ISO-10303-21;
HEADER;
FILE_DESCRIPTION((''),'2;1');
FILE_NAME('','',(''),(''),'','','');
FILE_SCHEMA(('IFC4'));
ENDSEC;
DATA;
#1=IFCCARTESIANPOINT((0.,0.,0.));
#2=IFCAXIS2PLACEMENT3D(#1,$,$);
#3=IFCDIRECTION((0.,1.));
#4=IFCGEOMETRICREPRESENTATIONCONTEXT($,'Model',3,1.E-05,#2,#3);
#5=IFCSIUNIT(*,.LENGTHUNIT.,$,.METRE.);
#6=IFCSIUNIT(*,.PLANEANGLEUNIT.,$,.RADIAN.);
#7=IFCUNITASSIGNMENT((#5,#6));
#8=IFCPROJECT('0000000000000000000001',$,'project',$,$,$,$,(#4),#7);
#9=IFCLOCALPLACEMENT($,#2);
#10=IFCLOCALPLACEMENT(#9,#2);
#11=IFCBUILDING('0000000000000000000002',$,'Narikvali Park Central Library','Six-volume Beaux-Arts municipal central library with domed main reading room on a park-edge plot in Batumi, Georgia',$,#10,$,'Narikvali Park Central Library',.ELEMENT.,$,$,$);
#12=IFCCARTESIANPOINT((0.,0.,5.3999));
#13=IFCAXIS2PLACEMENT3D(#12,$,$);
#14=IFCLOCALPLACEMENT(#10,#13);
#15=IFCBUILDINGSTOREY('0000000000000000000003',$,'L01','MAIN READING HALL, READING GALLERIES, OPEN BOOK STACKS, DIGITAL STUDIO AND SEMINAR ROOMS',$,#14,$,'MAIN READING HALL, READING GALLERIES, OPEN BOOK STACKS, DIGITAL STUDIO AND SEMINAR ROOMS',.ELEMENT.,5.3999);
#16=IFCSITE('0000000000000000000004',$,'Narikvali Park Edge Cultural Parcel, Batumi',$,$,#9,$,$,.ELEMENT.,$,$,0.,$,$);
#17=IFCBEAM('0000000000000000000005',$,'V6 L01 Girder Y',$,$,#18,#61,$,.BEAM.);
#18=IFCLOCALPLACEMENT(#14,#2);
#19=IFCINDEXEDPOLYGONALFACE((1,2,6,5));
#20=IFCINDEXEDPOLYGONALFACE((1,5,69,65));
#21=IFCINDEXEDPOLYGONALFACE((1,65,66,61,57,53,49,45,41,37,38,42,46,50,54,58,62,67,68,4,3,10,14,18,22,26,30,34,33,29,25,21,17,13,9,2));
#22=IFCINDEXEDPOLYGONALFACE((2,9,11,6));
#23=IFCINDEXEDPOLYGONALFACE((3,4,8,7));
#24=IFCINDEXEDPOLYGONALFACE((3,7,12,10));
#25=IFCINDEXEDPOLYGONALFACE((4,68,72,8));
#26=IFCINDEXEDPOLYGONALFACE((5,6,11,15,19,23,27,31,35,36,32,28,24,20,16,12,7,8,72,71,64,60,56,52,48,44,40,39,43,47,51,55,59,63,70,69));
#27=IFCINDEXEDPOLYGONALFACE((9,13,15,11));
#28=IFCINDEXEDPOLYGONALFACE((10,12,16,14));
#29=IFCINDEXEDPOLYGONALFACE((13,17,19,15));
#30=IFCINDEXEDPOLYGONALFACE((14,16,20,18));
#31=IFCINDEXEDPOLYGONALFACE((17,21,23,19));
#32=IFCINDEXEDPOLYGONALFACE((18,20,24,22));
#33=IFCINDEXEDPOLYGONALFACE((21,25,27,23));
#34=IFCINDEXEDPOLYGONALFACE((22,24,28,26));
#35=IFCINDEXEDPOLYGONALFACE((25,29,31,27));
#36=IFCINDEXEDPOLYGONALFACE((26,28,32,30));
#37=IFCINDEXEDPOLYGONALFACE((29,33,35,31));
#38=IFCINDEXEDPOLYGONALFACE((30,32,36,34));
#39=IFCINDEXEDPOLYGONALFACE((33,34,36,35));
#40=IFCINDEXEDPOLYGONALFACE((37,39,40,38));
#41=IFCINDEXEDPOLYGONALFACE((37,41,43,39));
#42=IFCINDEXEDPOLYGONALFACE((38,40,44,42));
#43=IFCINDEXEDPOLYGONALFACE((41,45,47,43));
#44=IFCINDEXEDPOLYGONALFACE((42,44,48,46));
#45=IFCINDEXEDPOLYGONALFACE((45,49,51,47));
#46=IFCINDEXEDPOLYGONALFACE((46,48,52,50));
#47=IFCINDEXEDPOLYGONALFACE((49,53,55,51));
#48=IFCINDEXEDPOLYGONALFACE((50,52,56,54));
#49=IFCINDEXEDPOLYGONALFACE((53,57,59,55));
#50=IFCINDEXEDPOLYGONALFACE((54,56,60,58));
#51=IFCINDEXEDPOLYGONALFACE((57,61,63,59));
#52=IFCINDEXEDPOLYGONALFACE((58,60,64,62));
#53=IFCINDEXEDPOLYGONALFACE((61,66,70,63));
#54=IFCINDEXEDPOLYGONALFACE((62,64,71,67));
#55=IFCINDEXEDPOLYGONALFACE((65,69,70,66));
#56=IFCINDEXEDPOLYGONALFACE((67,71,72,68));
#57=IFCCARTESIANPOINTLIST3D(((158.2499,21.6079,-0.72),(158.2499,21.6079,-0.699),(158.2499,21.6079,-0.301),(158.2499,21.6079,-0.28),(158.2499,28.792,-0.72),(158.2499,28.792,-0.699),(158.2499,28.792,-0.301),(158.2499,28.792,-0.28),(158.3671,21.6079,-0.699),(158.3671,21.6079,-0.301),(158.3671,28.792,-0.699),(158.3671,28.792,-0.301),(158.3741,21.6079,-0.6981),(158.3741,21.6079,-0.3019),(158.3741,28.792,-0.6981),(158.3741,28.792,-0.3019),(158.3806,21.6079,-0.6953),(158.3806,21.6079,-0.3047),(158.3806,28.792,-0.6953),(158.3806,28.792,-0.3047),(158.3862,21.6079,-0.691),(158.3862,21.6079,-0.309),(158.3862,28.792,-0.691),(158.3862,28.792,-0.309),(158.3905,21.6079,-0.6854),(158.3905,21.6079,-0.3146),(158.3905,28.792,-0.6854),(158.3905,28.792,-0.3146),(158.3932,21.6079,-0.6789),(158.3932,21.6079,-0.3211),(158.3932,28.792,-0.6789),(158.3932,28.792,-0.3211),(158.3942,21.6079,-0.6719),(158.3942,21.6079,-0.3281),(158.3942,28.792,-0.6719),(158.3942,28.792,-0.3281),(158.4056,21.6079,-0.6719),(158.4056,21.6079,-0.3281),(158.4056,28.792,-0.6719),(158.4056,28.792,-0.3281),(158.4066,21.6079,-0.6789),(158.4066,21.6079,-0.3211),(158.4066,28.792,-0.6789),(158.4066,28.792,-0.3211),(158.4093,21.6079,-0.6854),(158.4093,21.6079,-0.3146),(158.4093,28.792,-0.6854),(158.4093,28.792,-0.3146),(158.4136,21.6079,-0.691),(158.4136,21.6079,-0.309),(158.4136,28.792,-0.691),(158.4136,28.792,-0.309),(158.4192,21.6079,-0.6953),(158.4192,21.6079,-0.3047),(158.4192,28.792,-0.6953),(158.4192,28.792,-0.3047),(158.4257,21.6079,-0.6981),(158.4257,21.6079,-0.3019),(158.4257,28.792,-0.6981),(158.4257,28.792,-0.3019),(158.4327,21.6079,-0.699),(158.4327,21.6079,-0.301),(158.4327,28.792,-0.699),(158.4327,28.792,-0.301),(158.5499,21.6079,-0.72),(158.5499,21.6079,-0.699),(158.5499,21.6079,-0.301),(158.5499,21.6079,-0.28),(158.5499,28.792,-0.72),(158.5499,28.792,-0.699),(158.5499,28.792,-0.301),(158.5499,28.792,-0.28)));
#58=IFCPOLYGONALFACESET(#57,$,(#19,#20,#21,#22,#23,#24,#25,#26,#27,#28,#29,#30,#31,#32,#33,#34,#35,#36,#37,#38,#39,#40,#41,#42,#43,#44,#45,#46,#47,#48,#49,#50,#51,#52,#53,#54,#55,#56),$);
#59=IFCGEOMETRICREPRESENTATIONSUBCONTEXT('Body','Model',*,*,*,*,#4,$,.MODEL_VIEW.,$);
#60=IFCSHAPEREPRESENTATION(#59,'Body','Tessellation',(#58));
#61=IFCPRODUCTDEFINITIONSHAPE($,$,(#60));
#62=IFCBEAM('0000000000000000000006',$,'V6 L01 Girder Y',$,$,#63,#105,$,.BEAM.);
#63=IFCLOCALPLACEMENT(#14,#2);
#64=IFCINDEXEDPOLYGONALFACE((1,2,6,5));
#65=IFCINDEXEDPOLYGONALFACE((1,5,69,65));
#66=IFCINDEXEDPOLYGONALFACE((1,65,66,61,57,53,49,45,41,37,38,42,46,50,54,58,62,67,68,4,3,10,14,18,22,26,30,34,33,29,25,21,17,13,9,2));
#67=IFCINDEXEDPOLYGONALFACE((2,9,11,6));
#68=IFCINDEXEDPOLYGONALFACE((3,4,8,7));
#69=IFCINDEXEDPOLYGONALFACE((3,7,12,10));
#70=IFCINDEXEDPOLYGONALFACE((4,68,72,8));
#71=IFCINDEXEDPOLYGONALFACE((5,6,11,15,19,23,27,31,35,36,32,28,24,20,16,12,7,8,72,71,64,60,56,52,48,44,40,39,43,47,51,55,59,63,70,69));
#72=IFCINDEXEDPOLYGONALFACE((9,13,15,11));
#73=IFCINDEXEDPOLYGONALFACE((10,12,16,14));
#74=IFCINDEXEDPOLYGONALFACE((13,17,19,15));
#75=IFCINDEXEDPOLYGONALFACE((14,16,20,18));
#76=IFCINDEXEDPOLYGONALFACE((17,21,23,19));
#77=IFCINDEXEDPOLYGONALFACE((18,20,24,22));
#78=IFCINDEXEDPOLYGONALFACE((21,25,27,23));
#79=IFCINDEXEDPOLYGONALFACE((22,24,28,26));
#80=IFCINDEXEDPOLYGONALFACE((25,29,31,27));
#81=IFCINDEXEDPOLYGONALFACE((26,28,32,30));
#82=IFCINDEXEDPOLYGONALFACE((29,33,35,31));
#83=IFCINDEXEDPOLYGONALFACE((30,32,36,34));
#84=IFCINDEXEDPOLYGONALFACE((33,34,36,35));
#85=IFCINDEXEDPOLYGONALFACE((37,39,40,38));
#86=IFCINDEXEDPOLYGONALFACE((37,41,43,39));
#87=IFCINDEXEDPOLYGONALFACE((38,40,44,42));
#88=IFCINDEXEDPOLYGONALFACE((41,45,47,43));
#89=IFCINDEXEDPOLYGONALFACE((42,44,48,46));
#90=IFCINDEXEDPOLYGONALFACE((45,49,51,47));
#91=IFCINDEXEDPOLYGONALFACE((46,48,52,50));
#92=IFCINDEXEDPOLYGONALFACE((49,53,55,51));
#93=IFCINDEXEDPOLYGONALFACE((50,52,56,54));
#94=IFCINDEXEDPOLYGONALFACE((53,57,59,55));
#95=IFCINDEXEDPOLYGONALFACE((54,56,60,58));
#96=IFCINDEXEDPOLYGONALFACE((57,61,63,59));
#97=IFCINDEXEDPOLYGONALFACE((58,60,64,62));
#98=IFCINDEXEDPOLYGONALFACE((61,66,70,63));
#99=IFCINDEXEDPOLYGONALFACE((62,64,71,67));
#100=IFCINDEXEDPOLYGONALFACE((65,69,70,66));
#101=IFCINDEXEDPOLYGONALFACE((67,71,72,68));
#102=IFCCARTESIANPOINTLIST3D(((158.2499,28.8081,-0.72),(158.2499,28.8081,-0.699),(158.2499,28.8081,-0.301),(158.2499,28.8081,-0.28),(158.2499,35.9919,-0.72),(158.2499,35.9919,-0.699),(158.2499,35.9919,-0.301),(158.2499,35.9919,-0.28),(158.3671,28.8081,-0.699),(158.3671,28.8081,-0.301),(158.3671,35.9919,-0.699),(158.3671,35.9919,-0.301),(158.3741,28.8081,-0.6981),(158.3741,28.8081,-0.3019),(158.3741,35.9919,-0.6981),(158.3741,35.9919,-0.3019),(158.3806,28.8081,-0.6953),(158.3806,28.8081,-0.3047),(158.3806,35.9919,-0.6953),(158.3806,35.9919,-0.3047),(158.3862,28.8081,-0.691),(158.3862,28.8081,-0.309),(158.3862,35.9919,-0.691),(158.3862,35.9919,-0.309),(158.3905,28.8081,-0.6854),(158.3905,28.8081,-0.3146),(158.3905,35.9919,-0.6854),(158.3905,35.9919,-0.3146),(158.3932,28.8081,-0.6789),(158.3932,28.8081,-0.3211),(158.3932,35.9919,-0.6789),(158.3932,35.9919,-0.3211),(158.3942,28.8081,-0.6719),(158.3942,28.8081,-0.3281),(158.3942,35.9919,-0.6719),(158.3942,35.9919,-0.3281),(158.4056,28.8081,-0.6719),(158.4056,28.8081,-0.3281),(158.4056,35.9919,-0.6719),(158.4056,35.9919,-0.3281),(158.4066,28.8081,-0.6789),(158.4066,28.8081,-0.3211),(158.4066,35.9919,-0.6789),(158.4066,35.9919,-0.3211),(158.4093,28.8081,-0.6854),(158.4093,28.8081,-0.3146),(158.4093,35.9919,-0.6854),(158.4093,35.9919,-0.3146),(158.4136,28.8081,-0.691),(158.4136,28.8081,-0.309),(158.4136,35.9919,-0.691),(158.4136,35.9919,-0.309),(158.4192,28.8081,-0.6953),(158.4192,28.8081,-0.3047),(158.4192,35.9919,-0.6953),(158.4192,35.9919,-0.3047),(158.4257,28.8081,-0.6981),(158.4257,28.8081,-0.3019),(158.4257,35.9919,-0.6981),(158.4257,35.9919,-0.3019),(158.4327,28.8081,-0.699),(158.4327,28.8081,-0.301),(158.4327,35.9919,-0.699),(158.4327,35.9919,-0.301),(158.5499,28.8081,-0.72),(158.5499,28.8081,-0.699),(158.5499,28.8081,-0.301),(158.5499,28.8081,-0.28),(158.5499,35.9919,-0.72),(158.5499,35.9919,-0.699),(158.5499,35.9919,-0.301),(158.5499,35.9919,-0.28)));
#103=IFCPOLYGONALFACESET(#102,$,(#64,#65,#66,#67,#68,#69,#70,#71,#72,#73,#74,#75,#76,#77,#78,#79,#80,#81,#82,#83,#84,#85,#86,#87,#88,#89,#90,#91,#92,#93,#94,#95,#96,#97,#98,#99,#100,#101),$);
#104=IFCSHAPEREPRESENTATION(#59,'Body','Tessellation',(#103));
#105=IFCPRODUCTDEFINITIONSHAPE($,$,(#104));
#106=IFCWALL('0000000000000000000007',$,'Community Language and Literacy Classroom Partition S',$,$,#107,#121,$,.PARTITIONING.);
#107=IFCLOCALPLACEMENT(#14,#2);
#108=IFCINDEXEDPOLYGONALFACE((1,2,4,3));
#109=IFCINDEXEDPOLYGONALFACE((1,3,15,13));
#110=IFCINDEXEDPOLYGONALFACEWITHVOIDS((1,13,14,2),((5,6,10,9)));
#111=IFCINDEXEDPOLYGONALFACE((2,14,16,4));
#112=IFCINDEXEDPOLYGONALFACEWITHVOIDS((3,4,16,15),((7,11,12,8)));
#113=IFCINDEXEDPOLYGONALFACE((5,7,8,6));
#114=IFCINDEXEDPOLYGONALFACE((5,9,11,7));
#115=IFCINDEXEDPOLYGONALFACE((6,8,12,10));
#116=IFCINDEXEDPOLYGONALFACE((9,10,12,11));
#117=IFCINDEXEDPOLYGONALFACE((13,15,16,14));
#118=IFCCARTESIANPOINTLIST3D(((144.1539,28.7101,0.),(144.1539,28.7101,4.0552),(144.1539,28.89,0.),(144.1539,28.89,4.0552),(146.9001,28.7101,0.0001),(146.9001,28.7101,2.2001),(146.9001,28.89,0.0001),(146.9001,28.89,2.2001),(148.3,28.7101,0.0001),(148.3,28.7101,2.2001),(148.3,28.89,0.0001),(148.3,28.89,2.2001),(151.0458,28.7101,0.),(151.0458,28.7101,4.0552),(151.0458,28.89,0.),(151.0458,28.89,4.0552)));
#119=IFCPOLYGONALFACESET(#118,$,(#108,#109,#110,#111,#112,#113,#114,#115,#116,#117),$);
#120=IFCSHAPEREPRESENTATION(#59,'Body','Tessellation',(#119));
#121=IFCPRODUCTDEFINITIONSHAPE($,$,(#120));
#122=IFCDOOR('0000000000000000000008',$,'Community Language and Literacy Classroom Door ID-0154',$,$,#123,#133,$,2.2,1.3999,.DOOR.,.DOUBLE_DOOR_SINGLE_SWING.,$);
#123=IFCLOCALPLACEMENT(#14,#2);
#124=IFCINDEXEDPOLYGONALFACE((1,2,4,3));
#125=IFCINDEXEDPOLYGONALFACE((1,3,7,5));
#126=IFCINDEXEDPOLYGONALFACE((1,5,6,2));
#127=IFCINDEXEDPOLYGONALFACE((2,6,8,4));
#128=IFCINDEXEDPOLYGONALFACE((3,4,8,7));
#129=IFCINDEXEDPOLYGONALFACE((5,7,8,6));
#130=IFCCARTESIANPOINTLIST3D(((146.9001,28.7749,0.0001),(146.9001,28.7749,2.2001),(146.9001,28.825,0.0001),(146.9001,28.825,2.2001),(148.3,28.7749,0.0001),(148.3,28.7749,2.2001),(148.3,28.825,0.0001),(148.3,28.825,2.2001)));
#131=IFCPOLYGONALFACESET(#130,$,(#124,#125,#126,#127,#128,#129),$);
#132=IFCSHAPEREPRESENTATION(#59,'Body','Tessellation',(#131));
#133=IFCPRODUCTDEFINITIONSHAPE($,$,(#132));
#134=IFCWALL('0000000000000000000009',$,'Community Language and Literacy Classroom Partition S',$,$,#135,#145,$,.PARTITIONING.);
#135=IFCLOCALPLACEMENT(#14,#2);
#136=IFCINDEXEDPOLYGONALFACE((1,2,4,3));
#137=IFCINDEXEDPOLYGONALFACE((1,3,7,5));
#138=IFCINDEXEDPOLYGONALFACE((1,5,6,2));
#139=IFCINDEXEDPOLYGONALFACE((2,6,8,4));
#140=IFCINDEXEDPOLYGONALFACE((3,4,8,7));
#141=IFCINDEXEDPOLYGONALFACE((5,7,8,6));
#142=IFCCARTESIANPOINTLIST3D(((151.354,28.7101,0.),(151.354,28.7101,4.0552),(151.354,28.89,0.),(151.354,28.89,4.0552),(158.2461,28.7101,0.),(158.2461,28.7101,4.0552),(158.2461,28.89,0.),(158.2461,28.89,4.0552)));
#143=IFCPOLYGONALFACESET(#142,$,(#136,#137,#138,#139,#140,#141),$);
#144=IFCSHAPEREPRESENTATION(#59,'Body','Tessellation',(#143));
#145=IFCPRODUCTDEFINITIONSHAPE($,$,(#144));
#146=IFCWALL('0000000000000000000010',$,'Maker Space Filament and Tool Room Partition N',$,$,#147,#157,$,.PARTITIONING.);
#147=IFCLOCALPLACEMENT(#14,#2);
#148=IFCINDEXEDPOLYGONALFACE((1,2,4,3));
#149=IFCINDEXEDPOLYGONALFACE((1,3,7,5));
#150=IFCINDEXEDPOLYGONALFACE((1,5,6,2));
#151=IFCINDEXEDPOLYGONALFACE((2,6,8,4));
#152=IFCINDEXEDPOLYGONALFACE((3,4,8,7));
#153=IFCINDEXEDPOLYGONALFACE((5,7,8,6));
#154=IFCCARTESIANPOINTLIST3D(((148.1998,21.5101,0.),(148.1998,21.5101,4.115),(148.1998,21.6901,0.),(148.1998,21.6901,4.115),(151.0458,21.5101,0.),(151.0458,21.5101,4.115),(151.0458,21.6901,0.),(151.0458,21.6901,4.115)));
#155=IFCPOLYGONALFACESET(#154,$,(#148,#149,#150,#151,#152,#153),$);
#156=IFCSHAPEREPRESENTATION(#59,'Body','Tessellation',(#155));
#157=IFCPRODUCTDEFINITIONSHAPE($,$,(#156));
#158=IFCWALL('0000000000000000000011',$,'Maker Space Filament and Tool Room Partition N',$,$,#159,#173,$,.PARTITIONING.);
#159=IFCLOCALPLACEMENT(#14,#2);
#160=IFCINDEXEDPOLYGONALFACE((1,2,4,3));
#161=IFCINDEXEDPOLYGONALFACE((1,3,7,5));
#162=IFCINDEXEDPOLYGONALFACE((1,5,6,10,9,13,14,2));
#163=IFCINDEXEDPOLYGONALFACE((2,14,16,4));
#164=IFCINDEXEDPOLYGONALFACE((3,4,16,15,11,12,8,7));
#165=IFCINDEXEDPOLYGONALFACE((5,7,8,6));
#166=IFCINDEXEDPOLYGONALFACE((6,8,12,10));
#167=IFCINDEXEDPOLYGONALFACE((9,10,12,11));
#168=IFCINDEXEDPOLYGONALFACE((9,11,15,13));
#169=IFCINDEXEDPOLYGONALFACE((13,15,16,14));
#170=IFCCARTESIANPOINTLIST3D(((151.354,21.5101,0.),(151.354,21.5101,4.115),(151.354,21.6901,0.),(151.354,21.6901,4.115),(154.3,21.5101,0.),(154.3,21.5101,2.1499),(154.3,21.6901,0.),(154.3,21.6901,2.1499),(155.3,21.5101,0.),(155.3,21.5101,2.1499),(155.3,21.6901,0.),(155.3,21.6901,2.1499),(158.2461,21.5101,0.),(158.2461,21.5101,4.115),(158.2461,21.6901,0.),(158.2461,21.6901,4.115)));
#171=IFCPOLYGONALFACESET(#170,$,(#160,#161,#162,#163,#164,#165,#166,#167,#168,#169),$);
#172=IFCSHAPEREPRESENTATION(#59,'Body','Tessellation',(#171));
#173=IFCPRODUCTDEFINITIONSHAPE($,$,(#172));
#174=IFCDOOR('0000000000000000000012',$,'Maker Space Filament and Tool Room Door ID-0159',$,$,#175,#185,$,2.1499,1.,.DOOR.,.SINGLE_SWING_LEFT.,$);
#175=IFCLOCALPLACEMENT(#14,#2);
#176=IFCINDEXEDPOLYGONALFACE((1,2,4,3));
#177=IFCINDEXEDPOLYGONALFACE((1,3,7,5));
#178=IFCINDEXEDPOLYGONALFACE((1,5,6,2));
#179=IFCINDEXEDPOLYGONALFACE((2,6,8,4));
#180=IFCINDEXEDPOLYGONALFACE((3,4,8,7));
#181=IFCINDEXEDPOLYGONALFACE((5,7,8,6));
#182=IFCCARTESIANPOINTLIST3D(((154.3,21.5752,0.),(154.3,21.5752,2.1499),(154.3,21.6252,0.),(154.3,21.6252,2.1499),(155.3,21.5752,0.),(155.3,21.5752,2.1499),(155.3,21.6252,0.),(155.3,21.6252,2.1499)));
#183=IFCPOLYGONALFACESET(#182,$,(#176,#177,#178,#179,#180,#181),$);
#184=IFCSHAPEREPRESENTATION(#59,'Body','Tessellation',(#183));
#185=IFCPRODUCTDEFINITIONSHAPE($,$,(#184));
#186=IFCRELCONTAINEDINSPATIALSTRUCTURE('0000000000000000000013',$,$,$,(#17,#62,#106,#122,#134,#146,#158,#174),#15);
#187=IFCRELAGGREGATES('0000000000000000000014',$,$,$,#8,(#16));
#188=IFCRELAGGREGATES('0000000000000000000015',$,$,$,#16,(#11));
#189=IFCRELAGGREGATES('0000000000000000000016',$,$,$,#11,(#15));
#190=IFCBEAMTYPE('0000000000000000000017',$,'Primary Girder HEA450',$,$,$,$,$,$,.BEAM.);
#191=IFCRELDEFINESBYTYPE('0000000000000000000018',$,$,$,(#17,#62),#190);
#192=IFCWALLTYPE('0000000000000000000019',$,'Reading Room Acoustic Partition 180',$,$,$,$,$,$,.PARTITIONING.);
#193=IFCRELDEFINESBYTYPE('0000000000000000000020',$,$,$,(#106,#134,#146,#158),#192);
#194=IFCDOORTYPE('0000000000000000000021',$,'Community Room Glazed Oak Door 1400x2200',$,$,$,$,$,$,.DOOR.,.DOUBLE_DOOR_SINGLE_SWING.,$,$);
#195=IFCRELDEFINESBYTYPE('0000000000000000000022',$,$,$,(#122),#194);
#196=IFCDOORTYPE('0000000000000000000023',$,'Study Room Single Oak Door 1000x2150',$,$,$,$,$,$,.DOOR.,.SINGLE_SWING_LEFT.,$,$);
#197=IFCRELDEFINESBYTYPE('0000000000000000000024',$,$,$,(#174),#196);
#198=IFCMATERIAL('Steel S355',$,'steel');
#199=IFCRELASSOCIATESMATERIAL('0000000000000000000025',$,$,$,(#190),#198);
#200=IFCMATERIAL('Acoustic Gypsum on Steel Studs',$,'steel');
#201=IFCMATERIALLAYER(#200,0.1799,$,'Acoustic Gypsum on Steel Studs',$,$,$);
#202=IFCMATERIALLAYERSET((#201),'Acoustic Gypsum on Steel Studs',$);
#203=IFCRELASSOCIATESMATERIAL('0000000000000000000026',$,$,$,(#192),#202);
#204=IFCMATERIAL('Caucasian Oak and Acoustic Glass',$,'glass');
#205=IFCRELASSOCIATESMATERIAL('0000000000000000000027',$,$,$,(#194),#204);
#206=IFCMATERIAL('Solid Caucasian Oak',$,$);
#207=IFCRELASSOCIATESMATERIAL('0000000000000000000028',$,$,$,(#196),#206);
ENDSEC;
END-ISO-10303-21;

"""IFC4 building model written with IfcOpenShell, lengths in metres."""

from ifc_helpers import new_model, si_unit, direction, frame, frame_2d, origin, origin_2d, place, context, subcontext, project, spatial, rectangle, i_section, extrude, material, layer, layer_set, material_profile, profile_set, type_object, element, fill, save


model = new_model("IFC4")

# Units and contexts
model_context = context("Model", 3, precision=1e-05, world=origin(), true_north=direction((0.0, 1.0)))
body_context = subcontext(model_context, "Body", "Model", "MODEL_VIEW")
ifc_project = project(units=[si_unit("LENGTHUNIT", "METRE"), si_unit("PLANEANGLEUNIT", "RADIAN")], contexts=[model_context])

# Site, building, storey
site_placement = place(None, origin())
site = spatial("IfcSite", under=ifc_project, at=site_placement, Name="Narikvali Park Edge Cultural Parcel, Batumi", CompositionType="ELEMENT", RefElevation=0.0)
building_placement = place(site_placement, origin())
building = spatial("IfcBuilding", under=site, at=building_placement, Name="Narikvali Park Central Library", Description="Six-volume Beaux-Arts municipal central library with domed main reading room on a park-edge plot in Batumi, Georgia", LongName="Narikvali Park Central Library", CompositionType="ELEMENT")
storey_placement = place(building_placement, frame((0.0, 0.0, 5.3999)))
storey = spatial("IfcBuildingStorey", under=building, at=storey_placement, Name="L01", Description="MAIN READING HALL, READING GALLERIES, OPEN BOOK STACKS, DIGITAL STUDIO AND SEMINAR ROOMS", LongName="MAIN READING HALL, READING GALLERIES, OPEN BOOK STACKS, DIGITAL STUDIO AND SEMINAR ROOMS", CompositionType="ELEMENT", Elevation=5.3999)

# Shared definitions
ifc_material_1 = material(Name="Steel S355", Category="steel")

# Beams
ifc_material_profile_1 = material_profile(ifc_material_1, i_section(OverallWidth=0.3, OverallDepth=0.4399, WebThickness=0.0115, FlangeThickness=0.021, FilletRadius=0.0271, at=origin_2d()), Name="HEA 450")
ifc_profile_set_1 = profile_set([ifc_material_profile_1], Name="Steel S355")
beam_type_1 = type_object("IfcBeamType", Name="Primary Girder HEA450", PredefinedType="BEAM", material=ifc_profile_set_1)
beam_1_placement = place(storey_placement, frame((158.3999, 21.6079, -0.5), z_axis=(0.0, 1.0, 0.0), x_axis=(-1.0, 0.0, 0.0)))
element("IfcBeam", 1, at=beam_1_placement, inside=storey, type_object=beam_type_1, Name="V6 L01 Girder Y", PredefinedType="BEAM", context=body_context, shape_type="SweptSolid", body=[
    extrude(i_section(OverallWidth=0.3, OverallDepth=0.4399, WebThickness=0.0115, FlangeThickness=0.021, FilletRadius=0.0271, at=origin_2d()), origin(), (0.0, 0.0, 1.0), 7.1841),
])
beam_2_placement = place(storey_placement, frame((158.3999, 28.8081, -0.5), z_axis=(0.0, 1.0, 0.0), x_axis=(-1.0, 0.0, 0.0)))
element("IfcBeam", 2, at=beam_2_placement, inside=storey, type_object=beam_type_1, Name="V6 L01 Girder Y", PredefinedType="BEAM", context=body_context, shape_type="SweptSolid", body=[
    extrude(i_section(OverallWidth=0.3, OverallDepth=0.4399, WebThickness=0.0115, FlangeThickness=0.021, FilletRadius=0.0271, at=origin_2d()), origin(), (0.0, 0.0, 1.0), 7.1838),
])

# Wall, opening, door
ifc_material_2 = material(Name="Acoustic Gypsum on Steel Studs", Category="steel")
ifc_layer_1 = layer(ifc_material_2, 0.1799, Name="Acoustic Gypsum on Steel Studs")
ifc_layer_set_1 = layer_set([ifc_layer_1], Name="Acoustic Gypsum on Steel Studs")
wall_type = type_object("IfcWallType", Name="Reading Room Acoustic Partition 180", PredefinedType="PARTITIONING", material=ifc_layer_set_1)
wall_1_placement = place(storey_placement, frame((144.1541, 28.8, 0.0), z_axis=(0.0, 0.0, 1.0), x_axis=(1.0, 0.0, 0.0)))
wall_1 = element("IfcWall", 3, at=wall_1_placement, inside=storey, type_object=wall_type, Name="Community Language and Literacy Classroom Partition S", PredefinedType="PARTITIONING", context=body_context, shape_type="SweptSolid", body=[
    extrude(rectangle(XDim=6.8918, YDim=0.1799, at=frame_2d((3.4458, 0.0))), origin(), (0.0, 0.0, 1.0), 4.0552),
])
opening_1_placement = place(wall_1_placement, frame((2.7461, 0.0, 0.0)))
opening_1 = element("IfcOpeningElement", 4, at=opening_1_placement, cuts=wall_1, PredefinedType="OPENING", context=body_context, shape_type="SweptSolid", body=[
    extrude(rectangle(XDim=1.3999, YDim=2.2, at=frame_2d((0.7, 1.1001))), frame((0.0, 0.1021, 0.0), z_axis=(0.0, -1.0, 0.0), x_axis=(1.0, 0.0, 0.0)), (0.0, 0.0, 1.0), 0.2039),
])
ifc_material_3 = material(Name="Caucasian Oak and Acoustic Glass", Category="glass")
door_type_1 = type_object("IfcDoorType", Name="Community Room Glazed Oak Door 1400x2200", OperationType="DOUBLE_DOOR_SINGLE_SWING", PredefinedType="DOOR", material=ifc_material_3)
door_1_placement = place(opening_1_placement, origin())
door_1 = element("IfcDoor", 5, at=door_1_placement, inside=storey, type_object=door_type_1, Name="Community Language and Literacy Classroom Door ID-0154", OperationType="DOUBLE_DOOR_SINGLE_SWING", OverallHeight=2.2, OverallWidth=1.3999, PredefinedType="DOOR", context=body_context, shape_type="SweptSolid", body=[
    extrude(rectangle(XDim=1.3999, YDim=2.2, at=frame_2d((0.7, 1.1001))), frame((0.0, 0.0249, 0.0), z_axis=(0.0, -1.0, 0.0), x_axis=(1.0, 0.0, 0.0)), (0.0, 0.0, 1.0), 0.05),
])
fill(opening_1, door_1)

# Walls
wall_2_placement = place(storey_placement, frame((151.354, 28.8, 0.0), z_axis=(0.0, 0.0, 1.0), x_axis=(1.0, 0.0, 0.0)))
element("IfcWall", 6, at=wall_2_placement, inside=storey, type_object=wall_type, Name="Community Language and Literacy Classroom Partition S", PredefinedType="PARTITIONING", context=body_context, shape_type="SweptSolid", body=[
    extrude(rectangle(XDim=6.8921, YDim=0.1799, at=frame_2d((3.446, 0.0))), origin(), (0.0, 0.0, 1.0), 4.0552),
])
wall_3_placement = place(storey_placement, frame((148.2, 21.6001, 0.0), z_axis=(0.0, 0.0, 1.0), x_axis=(1.0, 0.0, 0.0)))
element("IfcWall", 7, at=wall_3_placement, inside=storey, type_object=wall_type, Name="Maker Space Filament and Tool Room Partition N", PredefinedType="PARTITIONING", context=body_context, shape_type="SweptSolid", body=[
    extrude(rectangle(XDim=2.8459, YDim=0.1799, at=frame_2d((1.4229, 0.0))), origin(), (0.0, 0.0, 1.0), 4.115),
])

# Wall, opening, door
wall_4_placement = place(storey_placement, frame((151.354, 21.6001, 0.0), z_axis=(0.0, 0.0, 1.0), x_axis=(1.0, 0.0, 0.0)))
wall_4 = element("IfcWall", 8, at=wall_4_placement, inside=storey, type_object=wall_type, Name="Maker Space Filament and Tool Room Partition N", PredefinedType="PARTITIONING", context=body_context, shape_type="SweptSolid", body=[
    extrude(rectangle(XDim=6.8921, YDim=0.1799, at=frame_2d((3.446, 0.0))), origin(), (0.0, 0.0, 1.0), 4.115),
])
opening_2_placement = place(wall_4_placement, frame((2.946, 0.0, 0.0)))
opening_2 = element("IfcOpeningElement", 9, at=opening_2_placement, cuts=wall_4, PredefinedType="OPENING", context=body_context, shape_type="SweptSolid", body=[
    extrude(rectangle(XDim=1.0, YDim=2.1499, at=frame_2d((0.5, 1.075))), frame((0.0, 0.1021, 0.0), z_axis=(0.0, -1.0, 0.0), x_axis=(1.0, 0.0, 0.0)), (0.0, 0.0, 1.0), 0.2039),
])
ifc_material_4 = material(Name="Solid Caucasian Oak")
door_type_2 = type_object("IfcDoorType", Name="Study Room Single Oak Door 1000x2150", OperationType="SINGLE_SWING_LEFT", PredefinedType="DOOR", material=ifc_material_4)
door_2_placement = place(opening_2_placement, frame((1.0, 0.0, 0.0), z_axis=(0.0, 0.0, 1.0), x_axis=(-1.0, 0.0, 0.0)))
door_2 = element("IfcDoor", 10, at=door_2_placement, inside=storey, type_object=door_type_2, Name="Maker Space Filament and Tool Room Door ID-0159", OperationType="SINGLE_SWING_LEFT", OverallHeight=2.1499, OverallWidth=1.0, PredefinedType="DOOR", context=body_context, shape_type="SweptSolid", body=[
    extrude(rectangle(XDim=1.0, YDim=2.1499, at=frame_2d((0.5, 1.075))), frame((0.0, 0.0249, 0.0), z_axis=(0.0, -1.0, 0.0), x_axis=(1.0, 0.0, 0.0)), (0.0, 0.0, 1.0), 0.05),
])
fill(opening_2, door_2)

save(model, "model.ifc")
